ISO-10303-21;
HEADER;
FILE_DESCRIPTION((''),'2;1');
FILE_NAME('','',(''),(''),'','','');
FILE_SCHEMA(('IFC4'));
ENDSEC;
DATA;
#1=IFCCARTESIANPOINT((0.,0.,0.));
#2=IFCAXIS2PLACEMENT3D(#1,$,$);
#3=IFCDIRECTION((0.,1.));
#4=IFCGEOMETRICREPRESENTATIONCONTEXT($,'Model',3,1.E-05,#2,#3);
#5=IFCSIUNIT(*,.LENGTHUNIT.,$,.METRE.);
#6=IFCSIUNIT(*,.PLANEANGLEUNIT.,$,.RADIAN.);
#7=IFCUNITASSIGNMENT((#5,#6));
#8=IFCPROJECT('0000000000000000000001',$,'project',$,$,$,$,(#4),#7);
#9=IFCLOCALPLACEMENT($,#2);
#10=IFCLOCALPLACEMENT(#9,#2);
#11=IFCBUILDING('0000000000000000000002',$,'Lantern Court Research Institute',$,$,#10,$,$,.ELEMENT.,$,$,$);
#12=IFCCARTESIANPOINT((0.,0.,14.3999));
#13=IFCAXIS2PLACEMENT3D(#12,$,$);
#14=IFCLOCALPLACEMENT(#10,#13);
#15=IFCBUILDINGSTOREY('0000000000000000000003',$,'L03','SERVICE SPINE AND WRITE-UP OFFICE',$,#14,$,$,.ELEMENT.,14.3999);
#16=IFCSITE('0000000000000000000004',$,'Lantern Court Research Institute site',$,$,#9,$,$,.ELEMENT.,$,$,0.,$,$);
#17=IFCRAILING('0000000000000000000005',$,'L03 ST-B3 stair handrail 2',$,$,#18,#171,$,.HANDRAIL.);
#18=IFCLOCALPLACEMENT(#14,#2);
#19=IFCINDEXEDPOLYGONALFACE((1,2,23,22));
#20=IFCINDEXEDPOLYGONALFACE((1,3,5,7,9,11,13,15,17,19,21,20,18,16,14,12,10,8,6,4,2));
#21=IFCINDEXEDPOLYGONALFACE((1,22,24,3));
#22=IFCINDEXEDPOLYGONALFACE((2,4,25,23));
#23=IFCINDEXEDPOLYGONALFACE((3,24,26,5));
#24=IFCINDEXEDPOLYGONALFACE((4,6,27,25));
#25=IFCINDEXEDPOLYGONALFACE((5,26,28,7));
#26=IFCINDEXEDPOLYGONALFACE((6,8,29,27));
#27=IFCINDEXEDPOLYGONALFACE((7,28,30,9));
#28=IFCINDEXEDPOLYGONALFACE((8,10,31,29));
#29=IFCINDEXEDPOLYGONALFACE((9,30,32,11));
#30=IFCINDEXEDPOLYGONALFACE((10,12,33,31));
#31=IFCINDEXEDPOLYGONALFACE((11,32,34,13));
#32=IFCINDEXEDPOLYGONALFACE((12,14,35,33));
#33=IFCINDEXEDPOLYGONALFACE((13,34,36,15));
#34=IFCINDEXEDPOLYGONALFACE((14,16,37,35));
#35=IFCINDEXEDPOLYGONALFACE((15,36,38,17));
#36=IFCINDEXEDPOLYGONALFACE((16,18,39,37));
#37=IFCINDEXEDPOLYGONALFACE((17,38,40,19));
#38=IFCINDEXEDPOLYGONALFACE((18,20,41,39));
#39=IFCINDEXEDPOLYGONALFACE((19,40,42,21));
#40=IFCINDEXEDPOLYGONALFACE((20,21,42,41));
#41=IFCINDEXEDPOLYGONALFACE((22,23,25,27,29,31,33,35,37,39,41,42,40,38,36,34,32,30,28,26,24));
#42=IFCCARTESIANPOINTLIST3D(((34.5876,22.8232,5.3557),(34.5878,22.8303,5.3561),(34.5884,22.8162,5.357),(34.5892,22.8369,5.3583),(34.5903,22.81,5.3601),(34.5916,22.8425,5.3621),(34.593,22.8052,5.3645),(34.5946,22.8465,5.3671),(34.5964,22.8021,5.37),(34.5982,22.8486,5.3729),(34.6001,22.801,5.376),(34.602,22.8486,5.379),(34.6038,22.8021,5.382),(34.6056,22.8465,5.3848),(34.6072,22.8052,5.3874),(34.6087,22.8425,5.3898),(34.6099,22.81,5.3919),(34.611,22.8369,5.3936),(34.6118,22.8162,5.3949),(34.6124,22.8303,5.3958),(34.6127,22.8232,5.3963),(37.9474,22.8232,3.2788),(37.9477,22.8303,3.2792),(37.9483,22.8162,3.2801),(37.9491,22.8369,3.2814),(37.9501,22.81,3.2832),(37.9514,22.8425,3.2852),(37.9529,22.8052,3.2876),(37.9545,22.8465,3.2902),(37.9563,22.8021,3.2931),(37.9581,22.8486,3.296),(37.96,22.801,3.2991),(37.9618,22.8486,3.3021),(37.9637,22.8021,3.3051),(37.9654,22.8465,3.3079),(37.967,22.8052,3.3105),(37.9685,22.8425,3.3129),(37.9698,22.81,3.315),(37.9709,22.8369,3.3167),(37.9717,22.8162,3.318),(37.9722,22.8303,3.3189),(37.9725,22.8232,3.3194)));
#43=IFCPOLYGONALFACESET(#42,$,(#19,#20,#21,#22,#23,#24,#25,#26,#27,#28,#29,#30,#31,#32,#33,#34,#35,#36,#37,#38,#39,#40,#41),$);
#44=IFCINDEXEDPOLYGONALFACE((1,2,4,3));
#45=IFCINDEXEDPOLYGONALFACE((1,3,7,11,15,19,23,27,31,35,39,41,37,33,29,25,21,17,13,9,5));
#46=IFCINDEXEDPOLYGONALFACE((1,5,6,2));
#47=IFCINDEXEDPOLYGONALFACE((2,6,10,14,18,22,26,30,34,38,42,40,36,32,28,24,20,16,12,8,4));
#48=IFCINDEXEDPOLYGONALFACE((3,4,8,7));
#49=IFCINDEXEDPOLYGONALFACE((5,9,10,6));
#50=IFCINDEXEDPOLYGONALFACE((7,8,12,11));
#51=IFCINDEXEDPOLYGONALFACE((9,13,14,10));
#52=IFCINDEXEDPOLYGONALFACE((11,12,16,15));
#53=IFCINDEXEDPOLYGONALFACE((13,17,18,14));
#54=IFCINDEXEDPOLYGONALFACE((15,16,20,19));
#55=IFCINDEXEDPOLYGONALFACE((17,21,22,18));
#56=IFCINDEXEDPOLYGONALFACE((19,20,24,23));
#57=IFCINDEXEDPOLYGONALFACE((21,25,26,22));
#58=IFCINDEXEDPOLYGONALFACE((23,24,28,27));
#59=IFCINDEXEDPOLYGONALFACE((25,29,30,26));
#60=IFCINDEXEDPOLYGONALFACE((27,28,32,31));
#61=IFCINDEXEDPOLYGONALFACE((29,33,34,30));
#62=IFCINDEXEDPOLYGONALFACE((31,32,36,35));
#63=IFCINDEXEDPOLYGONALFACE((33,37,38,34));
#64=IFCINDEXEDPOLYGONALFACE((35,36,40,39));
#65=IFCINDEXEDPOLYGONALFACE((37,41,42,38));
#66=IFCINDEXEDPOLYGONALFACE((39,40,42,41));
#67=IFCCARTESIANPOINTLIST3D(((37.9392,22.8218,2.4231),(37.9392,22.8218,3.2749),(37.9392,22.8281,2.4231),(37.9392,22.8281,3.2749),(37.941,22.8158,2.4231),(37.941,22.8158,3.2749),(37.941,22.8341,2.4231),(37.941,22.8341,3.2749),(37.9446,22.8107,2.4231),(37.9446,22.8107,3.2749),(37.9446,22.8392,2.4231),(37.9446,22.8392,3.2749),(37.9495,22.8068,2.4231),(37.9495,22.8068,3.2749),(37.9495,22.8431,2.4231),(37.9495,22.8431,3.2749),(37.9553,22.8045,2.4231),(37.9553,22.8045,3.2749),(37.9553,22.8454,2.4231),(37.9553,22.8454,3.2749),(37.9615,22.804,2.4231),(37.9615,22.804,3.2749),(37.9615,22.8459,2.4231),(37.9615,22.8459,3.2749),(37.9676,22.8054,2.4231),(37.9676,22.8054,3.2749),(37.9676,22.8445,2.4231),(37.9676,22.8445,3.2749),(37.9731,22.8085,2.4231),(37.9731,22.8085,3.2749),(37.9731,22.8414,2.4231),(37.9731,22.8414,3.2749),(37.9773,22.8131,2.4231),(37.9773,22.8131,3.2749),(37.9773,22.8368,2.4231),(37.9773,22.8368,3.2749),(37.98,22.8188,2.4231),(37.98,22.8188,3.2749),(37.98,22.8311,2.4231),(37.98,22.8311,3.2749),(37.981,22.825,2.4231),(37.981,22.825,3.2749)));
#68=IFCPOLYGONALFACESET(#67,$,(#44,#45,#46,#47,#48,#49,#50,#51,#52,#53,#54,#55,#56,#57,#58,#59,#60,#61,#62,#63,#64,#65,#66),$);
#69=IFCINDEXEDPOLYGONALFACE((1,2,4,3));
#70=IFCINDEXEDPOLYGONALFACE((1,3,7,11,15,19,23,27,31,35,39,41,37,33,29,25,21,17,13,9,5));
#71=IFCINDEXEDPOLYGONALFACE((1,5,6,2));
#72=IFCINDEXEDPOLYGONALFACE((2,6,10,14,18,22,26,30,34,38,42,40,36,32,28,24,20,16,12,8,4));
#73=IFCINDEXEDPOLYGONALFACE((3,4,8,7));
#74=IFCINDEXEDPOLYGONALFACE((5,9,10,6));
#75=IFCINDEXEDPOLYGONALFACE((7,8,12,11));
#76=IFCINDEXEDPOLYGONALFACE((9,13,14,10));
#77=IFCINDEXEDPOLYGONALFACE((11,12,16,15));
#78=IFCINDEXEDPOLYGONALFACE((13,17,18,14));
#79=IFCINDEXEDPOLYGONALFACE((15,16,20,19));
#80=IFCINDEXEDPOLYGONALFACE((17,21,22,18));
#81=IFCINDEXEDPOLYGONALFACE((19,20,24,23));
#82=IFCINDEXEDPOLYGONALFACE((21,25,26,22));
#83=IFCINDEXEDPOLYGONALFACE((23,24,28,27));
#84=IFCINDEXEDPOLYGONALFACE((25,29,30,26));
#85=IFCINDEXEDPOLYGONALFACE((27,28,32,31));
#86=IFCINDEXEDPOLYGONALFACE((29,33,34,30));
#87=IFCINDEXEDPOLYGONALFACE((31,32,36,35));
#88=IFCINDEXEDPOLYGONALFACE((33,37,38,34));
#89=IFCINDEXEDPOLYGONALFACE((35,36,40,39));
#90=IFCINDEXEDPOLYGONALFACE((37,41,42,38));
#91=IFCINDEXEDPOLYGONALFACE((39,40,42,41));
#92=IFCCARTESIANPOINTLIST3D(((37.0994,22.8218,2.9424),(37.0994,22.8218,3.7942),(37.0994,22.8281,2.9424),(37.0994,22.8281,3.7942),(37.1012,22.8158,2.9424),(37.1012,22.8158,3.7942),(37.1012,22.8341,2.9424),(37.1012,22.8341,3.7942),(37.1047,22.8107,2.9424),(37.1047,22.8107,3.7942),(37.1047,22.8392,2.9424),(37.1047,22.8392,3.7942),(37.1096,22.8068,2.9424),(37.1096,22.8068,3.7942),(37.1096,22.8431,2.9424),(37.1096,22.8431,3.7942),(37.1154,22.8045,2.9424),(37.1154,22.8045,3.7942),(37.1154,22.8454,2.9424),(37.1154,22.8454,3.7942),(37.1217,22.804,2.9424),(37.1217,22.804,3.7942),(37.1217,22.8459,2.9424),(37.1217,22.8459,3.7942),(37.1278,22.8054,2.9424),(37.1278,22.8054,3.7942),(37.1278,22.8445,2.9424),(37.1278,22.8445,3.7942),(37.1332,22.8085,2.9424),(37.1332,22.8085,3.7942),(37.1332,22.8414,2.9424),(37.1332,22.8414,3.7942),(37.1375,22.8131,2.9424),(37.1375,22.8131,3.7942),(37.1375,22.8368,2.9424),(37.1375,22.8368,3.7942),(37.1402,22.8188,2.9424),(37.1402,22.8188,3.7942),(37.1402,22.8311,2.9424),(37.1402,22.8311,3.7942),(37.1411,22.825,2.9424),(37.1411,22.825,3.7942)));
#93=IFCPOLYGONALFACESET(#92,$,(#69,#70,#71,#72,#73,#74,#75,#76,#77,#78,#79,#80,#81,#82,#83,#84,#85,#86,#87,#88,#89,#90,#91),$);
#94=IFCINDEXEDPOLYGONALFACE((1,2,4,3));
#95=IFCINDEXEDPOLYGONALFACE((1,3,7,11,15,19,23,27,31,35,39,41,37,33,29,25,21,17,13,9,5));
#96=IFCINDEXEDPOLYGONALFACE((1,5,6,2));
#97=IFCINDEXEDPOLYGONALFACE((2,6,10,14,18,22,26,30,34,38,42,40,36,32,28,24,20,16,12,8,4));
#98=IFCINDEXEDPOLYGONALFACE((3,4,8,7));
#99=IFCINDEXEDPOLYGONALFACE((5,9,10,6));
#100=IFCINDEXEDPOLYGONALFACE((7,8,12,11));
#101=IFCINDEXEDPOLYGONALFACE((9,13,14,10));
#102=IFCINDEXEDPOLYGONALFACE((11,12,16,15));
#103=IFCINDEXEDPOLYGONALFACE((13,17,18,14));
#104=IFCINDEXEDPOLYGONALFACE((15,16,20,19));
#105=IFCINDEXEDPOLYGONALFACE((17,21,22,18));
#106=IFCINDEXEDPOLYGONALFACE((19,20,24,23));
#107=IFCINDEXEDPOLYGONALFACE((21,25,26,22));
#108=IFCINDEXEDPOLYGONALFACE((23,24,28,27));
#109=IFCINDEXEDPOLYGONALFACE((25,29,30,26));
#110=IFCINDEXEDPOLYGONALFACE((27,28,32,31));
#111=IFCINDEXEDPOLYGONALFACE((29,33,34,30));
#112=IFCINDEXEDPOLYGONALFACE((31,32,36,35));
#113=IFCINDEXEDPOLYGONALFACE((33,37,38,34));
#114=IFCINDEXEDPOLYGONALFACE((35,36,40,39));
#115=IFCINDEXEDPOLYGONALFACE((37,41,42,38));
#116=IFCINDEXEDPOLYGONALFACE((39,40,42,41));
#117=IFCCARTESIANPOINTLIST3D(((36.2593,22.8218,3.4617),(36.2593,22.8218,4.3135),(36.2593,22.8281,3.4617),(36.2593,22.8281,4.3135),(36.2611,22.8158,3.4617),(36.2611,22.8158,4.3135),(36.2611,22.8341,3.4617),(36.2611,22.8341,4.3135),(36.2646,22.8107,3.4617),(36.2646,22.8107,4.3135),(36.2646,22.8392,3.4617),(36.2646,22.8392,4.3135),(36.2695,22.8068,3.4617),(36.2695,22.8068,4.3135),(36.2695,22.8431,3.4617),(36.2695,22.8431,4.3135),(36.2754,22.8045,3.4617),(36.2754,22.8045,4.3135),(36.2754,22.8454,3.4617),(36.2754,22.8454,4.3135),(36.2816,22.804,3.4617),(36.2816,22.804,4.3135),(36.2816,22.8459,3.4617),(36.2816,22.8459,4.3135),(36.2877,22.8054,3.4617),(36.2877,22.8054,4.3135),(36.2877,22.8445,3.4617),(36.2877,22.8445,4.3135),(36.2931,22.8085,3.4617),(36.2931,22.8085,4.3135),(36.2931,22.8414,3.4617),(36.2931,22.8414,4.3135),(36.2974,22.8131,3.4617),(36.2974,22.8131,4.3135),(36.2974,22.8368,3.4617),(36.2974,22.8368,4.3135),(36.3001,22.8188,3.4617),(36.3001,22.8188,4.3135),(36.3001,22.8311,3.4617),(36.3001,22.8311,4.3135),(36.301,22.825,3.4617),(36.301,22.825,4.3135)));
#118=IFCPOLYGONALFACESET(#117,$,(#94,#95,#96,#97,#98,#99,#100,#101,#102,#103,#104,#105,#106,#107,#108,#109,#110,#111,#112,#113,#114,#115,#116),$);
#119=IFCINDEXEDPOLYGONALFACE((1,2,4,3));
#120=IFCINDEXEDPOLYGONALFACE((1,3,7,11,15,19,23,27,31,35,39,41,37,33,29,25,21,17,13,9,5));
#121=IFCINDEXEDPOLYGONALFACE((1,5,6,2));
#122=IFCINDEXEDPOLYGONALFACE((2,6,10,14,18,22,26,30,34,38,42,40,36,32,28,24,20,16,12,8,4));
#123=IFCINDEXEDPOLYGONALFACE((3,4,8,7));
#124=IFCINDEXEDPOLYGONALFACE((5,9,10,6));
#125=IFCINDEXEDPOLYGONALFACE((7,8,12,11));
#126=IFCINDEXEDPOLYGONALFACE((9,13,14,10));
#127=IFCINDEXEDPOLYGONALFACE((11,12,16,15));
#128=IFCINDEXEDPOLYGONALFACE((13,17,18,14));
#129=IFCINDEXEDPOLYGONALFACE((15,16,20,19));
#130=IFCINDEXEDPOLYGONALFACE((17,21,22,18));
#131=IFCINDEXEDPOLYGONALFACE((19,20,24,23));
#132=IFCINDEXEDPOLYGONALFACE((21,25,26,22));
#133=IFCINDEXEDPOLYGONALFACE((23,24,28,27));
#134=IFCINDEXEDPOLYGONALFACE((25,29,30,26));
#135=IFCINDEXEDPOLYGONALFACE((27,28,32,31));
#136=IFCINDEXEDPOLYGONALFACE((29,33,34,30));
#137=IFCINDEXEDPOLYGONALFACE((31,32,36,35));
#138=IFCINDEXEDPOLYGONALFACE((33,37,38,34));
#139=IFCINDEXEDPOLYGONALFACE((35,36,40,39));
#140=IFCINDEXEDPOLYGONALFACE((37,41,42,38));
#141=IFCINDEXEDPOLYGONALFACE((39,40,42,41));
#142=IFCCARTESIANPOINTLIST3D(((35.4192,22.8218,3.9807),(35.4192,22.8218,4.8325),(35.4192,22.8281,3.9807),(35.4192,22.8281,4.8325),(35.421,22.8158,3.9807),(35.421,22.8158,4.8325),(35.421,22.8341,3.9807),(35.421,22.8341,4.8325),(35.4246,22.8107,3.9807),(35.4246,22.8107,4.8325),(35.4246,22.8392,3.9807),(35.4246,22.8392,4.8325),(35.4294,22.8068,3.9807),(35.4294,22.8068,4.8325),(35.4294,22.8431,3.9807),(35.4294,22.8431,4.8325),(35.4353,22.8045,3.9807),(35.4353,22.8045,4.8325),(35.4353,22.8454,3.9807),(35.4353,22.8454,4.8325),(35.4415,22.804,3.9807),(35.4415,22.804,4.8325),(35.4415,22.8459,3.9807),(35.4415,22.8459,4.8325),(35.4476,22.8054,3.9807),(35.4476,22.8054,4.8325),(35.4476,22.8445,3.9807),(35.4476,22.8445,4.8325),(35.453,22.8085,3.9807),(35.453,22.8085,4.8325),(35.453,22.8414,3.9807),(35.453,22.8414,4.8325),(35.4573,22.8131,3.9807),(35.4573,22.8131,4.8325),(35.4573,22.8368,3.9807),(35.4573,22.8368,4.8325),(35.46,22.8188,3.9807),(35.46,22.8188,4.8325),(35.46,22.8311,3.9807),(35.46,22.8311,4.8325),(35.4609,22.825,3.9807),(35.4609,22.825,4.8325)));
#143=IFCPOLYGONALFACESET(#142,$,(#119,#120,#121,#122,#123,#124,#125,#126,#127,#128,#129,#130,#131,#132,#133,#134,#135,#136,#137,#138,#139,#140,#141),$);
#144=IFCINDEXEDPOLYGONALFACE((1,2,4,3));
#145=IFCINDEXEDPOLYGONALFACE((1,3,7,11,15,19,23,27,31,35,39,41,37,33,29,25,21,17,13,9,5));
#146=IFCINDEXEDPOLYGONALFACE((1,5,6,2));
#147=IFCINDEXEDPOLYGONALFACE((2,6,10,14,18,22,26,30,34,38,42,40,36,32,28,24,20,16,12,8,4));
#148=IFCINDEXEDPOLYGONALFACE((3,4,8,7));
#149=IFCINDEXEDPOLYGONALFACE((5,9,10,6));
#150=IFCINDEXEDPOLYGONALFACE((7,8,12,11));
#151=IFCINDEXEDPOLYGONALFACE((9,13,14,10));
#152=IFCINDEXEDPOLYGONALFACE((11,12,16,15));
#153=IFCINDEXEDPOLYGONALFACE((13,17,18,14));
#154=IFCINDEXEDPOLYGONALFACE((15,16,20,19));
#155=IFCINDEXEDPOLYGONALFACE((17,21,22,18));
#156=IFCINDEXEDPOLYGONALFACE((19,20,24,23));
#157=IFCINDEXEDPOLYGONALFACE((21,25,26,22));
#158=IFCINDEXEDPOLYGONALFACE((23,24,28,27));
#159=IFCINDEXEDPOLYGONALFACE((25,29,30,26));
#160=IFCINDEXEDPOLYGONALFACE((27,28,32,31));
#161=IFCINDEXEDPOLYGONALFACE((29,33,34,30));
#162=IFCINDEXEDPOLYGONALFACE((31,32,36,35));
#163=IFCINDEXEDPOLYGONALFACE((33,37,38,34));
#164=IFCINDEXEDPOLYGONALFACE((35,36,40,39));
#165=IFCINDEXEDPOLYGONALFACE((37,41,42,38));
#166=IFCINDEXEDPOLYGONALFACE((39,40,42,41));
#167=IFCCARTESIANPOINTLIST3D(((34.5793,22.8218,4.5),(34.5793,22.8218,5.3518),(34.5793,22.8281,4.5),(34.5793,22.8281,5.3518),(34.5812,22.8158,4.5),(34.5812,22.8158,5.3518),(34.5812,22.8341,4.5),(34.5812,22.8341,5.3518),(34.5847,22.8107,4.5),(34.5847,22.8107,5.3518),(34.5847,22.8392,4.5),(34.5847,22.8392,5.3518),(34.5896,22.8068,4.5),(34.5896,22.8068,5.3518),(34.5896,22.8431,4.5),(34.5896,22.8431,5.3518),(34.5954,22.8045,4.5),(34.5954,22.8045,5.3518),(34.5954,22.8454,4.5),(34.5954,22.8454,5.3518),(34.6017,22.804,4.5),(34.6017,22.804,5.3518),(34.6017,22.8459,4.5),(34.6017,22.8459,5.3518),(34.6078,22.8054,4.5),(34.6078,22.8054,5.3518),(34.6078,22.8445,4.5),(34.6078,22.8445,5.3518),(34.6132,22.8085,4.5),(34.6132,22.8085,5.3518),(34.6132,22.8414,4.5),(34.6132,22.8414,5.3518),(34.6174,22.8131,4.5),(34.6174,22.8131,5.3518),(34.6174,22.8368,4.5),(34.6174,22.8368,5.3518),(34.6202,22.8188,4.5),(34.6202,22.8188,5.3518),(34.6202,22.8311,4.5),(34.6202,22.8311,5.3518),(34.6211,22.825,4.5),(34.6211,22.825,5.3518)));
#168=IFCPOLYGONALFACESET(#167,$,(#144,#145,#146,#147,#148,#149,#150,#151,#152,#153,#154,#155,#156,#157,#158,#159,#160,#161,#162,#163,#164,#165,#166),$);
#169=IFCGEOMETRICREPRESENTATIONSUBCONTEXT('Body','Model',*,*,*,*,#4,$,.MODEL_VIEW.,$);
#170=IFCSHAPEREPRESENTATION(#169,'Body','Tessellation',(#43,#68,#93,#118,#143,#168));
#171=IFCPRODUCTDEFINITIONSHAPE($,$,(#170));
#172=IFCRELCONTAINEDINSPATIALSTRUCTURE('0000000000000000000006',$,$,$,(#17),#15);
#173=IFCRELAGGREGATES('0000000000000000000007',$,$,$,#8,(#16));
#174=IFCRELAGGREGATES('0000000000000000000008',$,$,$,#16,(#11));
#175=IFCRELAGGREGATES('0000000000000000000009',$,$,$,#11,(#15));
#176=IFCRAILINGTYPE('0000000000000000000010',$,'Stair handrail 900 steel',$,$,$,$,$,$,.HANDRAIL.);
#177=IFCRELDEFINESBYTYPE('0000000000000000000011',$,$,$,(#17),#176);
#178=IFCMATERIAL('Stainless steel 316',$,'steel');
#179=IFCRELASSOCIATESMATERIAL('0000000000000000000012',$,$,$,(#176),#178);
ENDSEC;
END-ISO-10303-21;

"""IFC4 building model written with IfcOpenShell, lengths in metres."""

from ifc_helpers import new_model, si_unit, direction, frame, origin, origin_2d, place, context, subcontext, project, spatial, circle, extrude, material, type_object, element, save


model = new_model("IFC4")

# Units and contexts
model_context = context("Model", 3, precision=1e-05, world=origin(), true_north=direction((0.0, 1.0)))
body_context = subcontext(model_context, "Body", "Model", "MODEL_VIEW")
ifc_project = project(units=[si_unit("LENGTHUNIT", "METRE"), si_unit("PLANEANGLEUNIT", "RADIAN")], contexts=[model_context])

# Site, building, storey
site_placement = place(None, origin())
site = spatial("IfcSite", under=ifc_project, at=site_placement, Name="Lantern Court Research Institute site", CompositionType="ELEMENT", RefElevation=0.0)
building_placement = place(site_placement, origin())
building = spatial("IfcBuilding", under=site, at=building_placement, Name="Lantern Court Research Institute", CompositionType="ELEMENT")
storey_placement = place(building_placement, frame((0.0, 0.0, 14.3999)))
storey = spatial("IfcBuildingStorey", under=building, at=storey_placement, Name="L03", Description="SERVICE SPINE AND WRITE-UP OFFICE", CompositionType="ELEMENT", Elevation=14.3999)

# Railing
ifc_material_1 = material(Name="Stainless steel 316", Category="steel")
railing_type_1 = type_object("IfcRailingType", Name="Stair handrail 900 steel", PredefinedType="HANDRAIL", material=ifc_material_1)
railing_1_placement = place(storey_placement, frame((37.96, 22.825, 2.4231)))
element("IfcRailing", 1, at=railing_1_placement, inside=storey, type_object=railing_type_1, Name="L03 ST-B3 stair handrail 2", PredefinedType="HANDRAIL", context=body_context, shape_type="SweptSolid", body=[
    extrude(circle(Radius=0.0239, at=origin_2d()), frame((0.0, 0.0, 0.876), z_axis=(-0.850606, 0.0, 0.525803), x_axis=(0.0, -1.0, 0.0)), (0.0, 0.0, 1.0), 3.95),
    extrude(circle(Radius=0.021, at=origin_2d()), origin(), (0.0, 0.0, 1.0), 0.8518),
    extrude(circle(Radius=0.021, at=origin_2d()), frame((-0.8398, 0.0, 0.5193)), (0.0, 0.0, 1.0), 0.8518),
    extrude(circle(Radius=0.021, at=origin_2d()), frame((-1.6799, 0.0, 1.0386)), (0.0, 0.0, 1.0), 0.8518),
    extrude(circle(Radius=0.021, at=origin_2d()), frame((-2.52, 0.0, 1.5576)), (0.0, 0.0, 1.0), 0.8518),
    extrude(circle(Radius=0.021, at=origin_2d()), frame((-3.3599, 0.0, 2.0769)), (0.0, 0.0, 1.0), 0.8518),
])

save(model, "model.ifc")
